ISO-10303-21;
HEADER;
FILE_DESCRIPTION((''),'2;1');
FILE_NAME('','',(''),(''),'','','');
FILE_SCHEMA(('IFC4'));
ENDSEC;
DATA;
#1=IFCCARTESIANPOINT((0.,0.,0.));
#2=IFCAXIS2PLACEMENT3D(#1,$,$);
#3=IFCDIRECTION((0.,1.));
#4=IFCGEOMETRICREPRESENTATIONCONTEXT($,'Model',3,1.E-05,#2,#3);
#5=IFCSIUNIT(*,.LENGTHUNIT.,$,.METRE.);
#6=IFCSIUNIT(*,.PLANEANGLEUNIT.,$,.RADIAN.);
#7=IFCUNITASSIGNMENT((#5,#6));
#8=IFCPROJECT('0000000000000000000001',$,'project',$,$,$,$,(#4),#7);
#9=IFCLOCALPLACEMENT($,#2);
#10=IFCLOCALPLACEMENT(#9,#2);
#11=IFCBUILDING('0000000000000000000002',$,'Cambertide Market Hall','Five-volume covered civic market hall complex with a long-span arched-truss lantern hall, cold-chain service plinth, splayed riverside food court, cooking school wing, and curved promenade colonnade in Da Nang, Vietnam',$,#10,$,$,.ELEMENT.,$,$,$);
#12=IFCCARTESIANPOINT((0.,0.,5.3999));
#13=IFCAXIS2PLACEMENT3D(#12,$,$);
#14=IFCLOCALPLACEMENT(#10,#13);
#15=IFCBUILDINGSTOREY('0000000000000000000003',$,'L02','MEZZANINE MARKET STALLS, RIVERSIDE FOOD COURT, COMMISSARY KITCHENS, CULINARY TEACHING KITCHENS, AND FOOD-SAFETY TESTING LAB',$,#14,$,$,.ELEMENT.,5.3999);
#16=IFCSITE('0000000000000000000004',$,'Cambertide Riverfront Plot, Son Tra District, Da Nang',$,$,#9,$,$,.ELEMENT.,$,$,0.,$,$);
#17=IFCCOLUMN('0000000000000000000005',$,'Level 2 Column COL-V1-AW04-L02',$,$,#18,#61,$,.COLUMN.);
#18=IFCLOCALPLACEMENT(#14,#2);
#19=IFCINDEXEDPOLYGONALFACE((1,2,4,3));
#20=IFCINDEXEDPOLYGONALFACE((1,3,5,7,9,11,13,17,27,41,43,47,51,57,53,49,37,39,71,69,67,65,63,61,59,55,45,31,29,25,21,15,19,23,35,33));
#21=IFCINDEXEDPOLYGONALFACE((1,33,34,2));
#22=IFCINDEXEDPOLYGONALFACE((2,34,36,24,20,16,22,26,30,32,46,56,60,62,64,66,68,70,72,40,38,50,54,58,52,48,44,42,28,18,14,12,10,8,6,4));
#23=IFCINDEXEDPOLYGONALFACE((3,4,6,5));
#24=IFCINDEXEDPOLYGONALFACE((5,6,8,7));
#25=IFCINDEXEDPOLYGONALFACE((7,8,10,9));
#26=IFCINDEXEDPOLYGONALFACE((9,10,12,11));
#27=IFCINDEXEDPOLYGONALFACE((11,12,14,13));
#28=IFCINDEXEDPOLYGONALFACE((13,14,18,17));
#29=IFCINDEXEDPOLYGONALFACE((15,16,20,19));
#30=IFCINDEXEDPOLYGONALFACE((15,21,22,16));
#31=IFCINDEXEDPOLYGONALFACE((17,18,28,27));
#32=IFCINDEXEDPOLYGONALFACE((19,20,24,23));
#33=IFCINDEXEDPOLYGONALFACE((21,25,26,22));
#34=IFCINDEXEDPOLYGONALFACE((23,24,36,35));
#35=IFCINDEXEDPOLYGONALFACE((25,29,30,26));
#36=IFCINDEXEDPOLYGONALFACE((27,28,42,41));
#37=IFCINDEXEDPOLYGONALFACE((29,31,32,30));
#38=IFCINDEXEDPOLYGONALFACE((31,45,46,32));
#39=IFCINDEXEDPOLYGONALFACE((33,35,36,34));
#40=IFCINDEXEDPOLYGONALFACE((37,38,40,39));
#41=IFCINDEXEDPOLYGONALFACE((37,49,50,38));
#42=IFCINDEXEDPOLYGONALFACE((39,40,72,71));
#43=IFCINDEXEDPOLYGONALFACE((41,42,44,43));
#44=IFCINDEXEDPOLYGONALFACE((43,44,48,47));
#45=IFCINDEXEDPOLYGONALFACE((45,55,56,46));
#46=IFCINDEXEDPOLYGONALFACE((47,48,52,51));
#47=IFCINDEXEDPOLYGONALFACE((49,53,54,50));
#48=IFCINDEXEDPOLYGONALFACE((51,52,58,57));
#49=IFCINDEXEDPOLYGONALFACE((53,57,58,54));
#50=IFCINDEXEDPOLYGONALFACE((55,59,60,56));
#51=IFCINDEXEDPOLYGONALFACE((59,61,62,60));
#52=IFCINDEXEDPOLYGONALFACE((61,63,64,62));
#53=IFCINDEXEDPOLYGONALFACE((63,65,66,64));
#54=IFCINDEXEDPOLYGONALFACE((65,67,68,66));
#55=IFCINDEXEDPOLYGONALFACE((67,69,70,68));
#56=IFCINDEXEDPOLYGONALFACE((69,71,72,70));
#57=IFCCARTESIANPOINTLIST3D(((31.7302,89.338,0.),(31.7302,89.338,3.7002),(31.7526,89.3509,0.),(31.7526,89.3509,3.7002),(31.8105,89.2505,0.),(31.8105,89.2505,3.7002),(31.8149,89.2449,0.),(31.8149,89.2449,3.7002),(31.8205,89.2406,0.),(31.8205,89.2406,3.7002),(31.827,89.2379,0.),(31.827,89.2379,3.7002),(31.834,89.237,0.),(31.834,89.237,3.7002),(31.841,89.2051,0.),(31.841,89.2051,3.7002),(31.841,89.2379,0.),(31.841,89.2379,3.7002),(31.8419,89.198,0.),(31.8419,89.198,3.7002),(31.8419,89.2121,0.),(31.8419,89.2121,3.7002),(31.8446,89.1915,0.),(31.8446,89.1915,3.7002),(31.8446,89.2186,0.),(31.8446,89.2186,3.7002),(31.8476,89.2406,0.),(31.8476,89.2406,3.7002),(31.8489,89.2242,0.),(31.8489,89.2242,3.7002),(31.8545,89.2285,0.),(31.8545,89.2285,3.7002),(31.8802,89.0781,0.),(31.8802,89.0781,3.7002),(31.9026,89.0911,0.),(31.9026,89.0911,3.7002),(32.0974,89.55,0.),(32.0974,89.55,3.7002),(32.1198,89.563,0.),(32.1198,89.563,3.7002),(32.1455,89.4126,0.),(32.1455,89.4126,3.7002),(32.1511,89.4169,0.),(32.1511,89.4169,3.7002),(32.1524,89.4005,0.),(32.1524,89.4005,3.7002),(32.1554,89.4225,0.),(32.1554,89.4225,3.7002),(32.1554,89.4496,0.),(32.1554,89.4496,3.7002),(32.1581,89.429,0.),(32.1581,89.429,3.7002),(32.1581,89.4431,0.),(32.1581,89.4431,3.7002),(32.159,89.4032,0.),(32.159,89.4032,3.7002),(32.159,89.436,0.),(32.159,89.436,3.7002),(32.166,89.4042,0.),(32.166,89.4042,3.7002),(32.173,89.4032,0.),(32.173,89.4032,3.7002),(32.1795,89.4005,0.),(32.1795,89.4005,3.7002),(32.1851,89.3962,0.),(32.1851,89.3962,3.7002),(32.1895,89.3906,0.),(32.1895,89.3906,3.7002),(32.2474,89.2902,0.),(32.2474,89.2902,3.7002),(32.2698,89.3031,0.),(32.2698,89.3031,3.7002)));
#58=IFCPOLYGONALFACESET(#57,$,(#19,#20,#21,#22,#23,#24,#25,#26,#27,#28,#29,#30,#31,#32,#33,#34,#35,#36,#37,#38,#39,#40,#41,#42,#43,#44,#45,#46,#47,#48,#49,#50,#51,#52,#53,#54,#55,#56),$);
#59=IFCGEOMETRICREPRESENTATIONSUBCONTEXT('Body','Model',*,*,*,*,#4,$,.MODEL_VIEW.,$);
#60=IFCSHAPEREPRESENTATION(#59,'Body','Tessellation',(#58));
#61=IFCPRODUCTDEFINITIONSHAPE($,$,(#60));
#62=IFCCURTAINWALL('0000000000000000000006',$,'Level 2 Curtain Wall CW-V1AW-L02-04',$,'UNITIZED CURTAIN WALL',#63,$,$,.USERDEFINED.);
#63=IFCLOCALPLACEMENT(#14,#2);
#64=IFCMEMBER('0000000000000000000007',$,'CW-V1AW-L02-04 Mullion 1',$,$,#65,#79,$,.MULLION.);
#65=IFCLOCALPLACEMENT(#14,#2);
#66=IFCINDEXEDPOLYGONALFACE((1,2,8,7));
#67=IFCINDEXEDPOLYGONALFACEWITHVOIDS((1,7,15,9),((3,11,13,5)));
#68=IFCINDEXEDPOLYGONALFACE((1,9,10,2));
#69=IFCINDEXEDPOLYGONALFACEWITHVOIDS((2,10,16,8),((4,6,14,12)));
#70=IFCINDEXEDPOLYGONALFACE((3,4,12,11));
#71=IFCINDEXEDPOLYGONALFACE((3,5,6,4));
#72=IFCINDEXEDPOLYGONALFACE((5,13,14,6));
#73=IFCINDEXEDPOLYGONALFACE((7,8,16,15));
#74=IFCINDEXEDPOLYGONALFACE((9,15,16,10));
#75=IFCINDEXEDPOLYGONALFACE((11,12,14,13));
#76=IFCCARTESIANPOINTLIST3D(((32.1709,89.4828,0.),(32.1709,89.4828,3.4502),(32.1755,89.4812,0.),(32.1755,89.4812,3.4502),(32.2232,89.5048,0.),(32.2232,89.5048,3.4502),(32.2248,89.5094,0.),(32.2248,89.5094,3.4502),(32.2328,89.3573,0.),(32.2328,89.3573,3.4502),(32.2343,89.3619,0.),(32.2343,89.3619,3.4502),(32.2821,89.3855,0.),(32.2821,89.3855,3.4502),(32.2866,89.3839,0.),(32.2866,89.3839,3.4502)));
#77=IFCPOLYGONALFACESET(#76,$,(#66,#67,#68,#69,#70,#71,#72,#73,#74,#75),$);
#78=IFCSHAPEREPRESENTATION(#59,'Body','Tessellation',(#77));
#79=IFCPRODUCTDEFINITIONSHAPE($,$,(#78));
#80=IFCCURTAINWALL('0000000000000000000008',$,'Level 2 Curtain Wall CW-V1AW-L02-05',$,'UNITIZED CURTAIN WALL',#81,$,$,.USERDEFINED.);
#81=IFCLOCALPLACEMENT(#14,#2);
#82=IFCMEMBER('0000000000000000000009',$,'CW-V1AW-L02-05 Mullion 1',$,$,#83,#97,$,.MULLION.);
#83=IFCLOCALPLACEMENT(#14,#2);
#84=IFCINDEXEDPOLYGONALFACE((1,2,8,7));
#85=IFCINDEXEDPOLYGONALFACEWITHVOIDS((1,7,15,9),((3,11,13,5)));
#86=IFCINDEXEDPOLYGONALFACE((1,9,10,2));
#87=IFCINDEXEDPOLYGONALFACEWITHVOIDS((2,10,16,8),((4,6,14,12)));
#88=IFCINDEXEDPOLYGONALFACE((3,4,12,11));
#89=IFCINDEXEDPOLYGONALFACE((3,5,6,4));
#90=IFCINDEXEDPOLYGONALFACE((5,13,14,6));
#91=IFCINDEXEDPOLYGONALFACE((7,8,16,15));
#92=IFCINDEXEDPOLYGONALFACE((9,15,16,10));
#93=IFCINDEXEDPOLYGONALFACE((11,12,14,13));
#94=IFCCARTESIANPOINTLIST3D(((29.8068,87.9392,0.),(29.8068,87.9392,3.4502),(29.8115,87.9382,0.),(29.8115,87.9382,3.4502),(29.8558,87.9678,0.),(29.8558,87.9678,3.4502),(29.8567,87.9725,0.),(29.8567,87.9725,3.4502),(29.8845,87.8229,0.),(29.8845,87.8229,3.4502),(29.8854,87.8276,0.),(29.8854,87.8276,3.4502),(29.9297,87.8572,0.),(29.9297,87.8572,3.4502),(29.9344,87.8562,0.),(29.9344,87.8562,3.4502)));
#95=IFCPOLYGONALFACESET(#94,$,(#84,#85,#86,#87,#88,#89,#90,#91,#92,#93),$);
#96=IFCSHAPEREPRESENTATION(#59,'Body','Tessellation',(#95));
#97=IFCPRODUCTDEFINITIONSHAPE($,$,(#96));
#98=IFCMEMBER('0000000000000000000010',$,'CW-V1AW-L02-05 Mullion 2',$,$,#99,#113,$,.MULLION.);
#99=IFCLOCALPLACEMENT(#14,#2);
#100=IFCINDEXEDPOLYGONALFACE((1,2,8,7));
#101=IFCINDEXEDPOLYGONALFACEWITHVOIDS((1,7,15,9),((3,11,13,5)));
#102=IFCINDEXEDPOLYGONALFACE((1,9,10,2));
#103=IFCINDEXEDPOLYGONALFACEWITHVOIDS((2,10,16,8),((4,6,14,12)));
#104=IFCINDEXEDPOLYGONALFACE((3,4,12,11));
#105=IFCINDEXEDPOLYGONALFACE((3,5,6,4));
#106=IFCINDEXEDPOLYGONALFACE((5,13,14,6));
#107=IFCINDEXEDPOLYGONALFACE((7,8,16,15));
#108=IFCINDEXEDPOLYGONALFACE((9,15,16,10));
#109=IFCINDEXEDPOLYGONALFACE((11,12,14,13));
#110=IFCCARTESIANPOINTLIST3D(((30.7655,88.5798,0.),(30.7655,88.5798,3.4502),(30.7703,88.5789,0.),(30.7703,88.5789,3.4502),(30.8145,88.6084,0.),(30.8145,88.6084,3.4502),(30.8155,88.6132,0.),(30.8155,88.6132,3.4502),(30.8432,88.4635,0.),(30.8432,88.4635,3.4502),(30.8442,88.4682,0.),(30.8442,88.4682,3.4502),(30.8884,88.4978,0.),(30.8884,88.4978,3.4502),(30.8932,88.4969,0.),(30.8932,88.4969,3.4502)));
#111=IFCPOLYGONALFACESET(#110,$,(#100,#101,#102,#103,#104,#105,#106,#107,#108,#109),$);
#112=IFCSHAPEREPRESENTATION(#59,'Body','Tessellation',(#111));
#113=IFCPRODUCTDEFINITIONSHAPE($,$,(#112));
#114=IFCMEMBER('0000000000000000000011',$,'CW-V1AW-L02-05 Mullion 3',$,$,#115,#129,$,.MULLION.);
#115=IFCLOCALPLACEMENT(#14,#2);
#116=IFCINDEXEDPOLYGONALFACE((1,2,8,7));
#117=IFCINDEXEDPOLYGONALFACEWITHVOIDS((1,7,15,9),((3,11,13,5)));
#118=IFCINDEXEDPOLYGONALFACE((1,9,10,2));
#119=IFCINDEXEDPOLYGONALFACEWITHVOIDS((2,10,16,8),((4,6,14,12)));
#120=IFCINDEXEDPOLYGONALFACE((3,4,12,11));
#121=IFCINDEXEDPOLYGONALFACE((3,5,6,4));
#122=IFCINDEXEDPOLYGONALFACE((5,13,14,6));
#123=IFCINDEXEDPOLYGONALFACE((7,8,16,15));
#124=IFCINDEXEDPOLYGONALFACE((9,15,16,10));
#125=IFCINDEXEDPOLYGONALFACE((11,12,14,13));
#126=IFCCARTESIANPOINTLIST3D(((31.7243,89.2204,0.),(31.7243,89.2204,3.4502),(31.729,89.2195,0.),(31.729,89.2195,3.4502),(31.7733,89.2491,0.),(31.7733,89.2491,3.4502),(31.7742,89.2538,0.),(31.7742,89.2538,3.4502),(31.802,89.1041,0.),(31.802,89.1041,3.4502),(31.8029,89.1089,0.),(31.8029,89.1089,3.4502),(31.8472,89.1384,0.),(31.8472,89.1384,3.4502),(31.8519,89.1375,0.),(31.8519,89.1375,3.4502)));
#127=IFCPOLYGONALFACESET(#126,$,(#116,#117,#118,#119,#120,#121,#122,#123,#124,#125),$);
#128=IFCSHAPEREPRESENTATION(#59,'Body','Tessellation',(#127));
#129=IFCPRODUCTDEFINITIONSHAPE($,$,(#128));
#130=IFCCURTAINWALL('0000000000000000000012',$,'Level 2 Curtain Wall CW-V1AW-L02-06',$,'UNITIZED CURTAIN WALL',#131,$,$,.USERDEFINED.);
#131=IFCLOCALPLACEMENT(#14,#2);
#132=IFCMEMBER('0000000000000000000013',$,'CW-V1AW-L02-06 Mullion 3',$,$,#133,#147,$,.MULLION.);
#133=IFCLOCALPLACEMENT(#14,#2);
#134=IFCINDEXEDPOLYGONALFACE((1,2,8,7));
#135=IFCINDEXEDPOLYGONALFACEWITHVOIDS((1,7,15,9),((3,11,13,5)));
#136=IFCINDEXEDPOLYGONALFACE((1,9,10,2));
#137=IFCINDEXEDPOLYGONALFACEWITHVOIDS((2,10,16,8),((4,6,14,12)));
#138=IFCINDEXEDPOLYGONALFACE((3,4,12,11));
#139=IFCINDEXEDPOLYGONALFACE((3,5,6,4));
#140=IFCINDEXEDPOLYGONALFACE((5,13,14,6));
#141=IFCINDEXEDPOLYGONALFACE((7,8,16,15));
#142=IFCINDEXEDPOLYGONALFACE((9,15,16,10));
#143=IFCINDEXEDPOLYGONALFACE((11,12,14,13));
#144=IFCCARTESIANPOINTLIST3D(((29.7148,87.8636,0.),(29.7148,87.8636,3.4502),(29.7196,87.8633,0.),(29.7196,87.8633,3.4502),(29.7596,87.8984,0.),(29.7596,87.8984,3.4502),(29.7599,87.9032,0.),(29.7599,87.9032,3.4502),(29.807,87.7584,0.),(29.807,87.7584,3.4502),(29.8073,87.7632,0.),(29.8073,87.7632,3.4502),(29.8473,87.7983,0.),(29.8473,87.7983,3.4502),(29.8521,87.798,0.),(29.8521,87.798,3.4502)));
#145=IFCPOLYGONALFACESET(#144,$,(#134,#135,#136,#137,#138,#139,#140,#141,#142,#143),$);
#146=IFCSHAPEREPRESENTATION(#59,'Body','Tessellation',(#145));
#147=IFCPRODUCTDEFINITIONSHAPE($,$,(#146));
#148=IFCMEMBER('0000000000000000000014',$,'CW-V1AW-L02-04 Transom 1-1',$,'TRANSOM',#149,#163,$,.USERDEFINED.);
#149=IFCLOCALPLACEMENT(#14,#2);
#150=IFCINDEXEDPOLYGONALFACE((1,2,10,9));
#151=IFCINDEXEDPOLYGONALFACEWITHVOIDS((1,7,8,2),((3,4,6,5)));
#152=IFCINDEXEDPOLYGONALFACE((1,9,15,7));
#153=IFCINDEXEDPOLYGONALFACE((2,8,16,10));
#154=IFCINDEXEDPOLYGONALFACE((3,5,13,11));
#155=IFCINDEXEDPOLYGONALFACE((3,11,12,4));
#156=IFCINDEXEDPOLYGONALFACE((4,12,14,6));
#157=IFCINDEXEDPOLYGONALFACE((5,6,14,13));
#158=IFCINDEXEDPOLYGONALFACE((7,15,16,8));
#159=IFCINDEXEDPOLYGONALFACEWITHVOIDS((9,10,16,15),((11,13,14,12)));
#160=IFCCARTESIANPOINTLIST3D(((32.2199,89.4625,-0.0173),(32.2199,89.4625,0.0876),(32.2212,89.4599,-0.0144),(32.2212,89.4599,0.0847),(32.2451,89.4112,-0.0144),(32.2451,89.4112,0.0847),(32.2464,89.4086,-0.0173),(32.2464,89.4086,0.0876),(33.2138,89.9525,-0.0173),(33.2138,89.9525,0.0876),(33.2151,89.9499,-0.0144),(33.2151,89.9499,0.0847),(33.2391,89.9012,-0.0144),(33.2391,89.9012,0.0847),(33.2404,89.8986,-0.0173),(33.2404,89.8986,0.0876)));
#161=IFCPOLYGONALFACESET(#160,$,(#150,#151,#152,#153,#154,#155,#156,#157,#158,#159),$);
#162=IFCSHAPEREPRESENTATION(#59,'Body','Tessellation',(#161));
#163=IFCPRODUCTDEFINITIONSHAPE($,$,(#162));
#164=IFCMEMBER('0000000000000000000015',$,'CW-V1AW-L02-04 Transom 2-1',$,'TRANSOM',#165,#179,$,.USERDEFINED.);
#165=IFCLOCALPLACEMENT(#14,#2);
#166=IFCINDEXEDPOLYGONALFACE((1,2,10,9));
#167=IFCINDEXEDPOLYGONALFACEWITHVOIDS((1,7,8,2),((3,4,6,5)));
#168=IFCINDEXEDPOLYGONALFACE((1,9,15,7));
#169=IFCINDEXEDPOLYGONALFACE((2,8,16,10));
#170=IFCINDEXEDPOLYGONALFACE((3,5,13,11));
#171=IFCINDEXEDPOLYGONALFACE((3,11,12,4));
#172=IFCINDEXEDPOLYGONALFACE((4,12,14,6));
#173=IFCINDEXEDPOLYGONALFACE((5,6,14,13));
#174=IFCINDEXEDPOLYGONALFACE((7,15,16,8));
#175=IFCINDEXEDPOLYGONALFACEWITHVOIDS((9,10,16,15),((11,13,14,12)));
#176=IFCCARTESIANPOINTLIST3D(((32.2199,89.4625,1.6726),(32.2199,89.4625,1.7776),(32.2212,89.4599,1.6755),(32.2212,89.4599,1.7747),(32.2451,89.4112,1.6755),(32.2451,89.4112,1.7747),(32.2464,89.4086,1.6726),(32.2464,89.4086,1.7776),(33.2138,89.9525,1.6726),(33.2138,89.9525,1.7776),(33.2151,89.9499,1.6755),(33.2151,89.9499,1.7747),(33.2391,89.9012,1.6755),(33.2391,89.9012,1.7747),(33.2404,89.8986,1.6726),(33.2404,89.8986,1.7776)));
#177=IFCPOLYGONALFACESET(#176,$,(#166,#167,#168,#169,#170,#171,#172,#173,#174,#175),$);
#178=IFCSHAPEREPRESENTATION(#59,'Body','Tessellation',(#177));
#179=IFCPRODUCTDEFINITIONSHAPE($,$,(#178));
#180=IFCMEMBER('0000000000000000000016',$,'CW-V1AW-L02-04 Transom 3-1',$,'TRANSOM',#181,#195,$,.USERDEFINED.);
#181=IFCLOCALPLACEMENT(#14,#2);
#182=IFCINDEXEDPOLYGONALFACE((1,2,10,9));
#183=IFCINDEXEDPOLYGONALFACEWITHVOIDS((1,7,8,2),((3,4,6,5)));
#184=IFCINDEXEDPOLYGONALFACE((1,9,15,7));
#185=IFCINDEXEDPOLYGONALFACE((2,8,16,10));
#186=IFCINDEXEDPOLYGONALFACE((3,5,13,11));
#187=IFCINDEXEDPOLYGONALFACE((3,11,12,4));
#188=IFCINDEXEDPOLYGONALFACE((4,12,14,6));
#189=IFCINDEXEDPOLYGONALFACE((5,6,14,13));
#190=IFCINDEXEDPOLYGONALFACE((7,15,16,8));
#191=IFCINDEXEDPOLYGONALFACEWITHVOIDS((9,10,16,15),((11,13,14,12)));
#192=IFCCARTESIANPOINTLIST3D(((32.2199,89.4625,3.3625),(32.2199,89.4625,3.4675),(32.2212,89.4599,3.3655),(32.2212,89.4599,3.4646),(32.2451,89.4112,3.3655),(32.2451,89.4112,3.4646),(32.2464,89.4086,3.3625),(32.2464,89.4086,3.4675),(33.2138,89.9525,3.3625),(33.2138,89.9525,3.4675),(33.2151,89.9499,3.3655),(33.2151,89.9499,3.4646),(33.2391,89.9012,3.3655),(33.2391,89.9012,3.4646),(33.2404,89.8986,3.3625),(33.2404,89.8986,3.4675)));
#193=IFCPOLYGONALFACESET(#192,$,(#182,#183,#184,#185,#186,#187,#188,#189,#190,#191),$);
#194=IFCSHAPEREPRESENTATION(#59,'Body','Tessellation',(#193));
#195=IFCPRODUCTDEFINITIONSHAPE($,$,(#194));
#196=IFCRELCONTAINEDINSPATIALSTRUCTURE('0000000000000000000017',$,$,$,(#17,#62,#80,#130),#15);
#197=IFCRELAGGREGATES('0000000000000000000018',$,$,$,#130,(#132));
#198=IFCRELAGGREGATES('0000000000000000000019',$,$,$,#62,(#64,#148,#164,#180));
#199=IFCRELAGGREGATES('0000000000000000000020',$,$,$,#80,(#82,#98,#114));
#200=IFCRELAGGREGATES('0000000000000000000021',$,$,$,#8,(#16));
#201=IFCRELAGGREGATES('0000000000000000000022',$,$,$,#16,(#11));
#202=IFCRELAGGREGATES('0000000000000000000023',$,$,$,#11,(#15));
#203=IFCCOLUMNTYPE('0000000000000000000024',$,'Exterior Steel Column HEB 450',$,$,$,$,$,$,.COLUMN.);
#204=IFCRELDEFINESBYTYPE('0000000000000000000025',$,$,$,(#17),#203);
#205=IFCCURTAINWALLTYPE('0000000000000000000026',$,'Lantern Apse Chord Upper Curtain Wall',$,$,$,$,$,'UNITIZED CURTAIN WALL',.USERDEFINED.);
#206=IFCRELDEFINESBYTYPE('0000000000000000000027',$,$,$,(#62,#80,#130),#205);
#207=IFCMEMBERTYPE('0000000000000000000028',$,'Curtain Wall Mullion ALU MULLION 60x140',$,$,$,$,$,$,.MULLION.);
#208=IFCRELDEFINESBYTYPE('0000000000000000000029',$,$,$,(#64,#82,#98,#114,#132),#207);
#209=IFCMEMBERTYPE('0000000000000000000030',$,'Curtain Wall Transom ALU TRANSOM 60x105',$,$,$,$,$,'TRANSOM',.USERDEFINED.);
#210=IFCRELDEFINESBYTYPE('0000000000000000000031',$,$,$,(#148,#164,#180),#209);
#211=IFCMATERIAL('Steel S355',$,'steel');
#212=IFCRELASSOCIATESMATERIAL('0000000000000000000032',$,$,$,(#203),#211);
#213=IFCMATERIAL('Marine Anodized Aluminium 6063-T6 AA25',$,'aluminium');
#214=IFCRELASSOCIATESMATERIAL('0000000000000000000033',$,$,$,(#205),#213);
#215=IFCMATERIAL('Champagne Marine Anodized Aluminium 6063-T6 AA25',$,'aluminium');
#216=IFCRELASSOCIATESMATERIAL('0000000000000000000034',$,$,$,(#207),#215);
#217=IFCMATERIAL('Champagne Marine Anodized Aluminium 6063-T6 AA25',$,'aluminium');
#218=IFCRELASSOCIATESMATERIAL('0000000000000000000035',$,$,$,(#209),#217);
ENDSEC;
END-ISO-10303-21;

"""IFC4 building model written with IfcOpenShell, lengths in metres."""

from ifc_helpers import new_model, si_unit, direction, frame, origin, origin_2d, place, context, subcontext, project, spatial, hollow_rectangle, i_section, extrude, material, material_profile, profile_set, type_object, element, aggregate, save


model = new_model("IFC4")

# Units and contexts
model_context = context("Model", 3, precision=1e-05, world=origin(), true_north=direction((0.0, 1.0)))
body_context = subcontext(model_context, "Body", "Model", "MODEL_VIEW")
ifc_project = project(units=[si_unit("LENGTHUNIT", "METRE"), si_unit("PLANEANGLEUNIT", "RADIAN")], contexts=[model_context])

# Site, building, storey
site_placement = place(None, origin())
site = spatial("IfcSite", under=ifc_project, at=site_placement, Name="Cambertide Riverfront Plot, Son Tra District, Da Nang", CompositionType="ELEMENT", RefElevation=0.0)
building_placement = place(site_placement, origin())
building = spatial("IfcBuilding", under=site, at=building_placement, Name="Cambertide Market Hall", Description="Five-volume covered civic market hall complex with a long-span arched-truss lantern hall, cold-chain service plinth, splayed riverside food court, cooking school wing, and curved promenade colonnade in Da Nang, Vietnam", CompositionType="ELEMENT")
storey_placement = place(building_placement, frame((0.0, 0.0, 5.3999)))
storey = spatial("IfcBuildingStorey", under=building, at=storey_placement, Name="L02", Description="MEZZANINE MARKET STALLS, RIVERSIDE FOOD COURT, COMMISSARY KITCHENS, CULINARY TEACHING KITCHENS, AND FOOD-SAFETY TESTING LAB", CompositionType="ELEMENT", Elevation=5.3999)

# Column
ifc_material_1 = material(Name="Steel S355", Category="steel")
ifc_material_profile_1 = material_profile(ifc_material_1, i_section(OverallWidth=0.3, OverallDepth=0.45, WebThickness=0.0139, FlangeThickness=0.0259, FilletRadius=0.0271, at=origin_2d()), Name="HEB 450")
ifc_profile_set_1 = profile_set([ifc_material_profile_1], Name="Steel S355")
column_type = type_object("IfcColumnType", Name="Exterior Steel Column HEB 450", PredefinedType="COLUMN", material=ifc_profile_set_1)
column_placement = place(storey_placement, frame((32.0, 89.3206, 0.0), z_axis=(0.0, 0.0, 1.0), x_axis=(-0.5, 0.866025, 0.0)))
element("IfcColumn", 1, at=column_placement, inside=storey, type_object=column_type, Name="Level 2 Column COL-V1-AW04-L02", PredefinedType="COLUMN", context=body_context, shape_type="SweptSolid", body=[
    extrude(i_section(OverallWidth=0.3, OverallDepth=0.45, WebThickness=0.0139, FlangeThickness=0.0259, FilletRadius=0.0271, at=origin_2d()), origin(), (0.0, 0.0, 1.0), 3.7002),
])

# Curtain wall, member
ifc_material_2 = material(Name="Marine Anodized Aluminium 6063-T6 AA25", Category="aluminium")
curtain_wall_type = type_object("IfcCurtainWallType", Name="Lantern Apse Chord Upper Curtain Wall", ElementType="UNITIZED CURTAIN WALL", PredefinedType="USERDEFINED", material=ifc_material_2)
curtain_wall_1_placement = place(storey_placement, origin())
curtain_wall_1 = element("IfcCurtainWall", 2, at=curtain_wall_1_placement, inside=storey, type_object=curtain_wall_type, Name="Level 2 Curtain Wall CW-V1AW-L02-04", ObjectType="UNITIZED CURTAIN WALL", PredefinedType="USERDEFINED")
ifc_material_3 = material(Name="Champagne Marine Anodized Aluminium 6063-T6 AA25", Category="aluminium")
ifc_material_profile_2 = material_profile(ifc_material_3, hollow_rectangle(XDim=0.0601, YDim=0.1399, WallThickness=0.0034, at=origin_2d()), Name="ALU MULLION 60x140")
ifc_profile_set_2 = profile_set([ifc_material_profile_2], Name="Champagne Marine Anodized Aluminium 6063-T6 AA25")
member_type_1 = type_object("IfcMemberType", Name="Curtain Wall Mullion ALU MULLION 60x140", PredefinedType="MULLION", material=ifc_profile_set_2)
member_1_placement = place(storey_placement, frame((32.2288, 89.4333, 0.0), z_axis=(0.0, 0.0, 1.0), x_axis=(0.896873, 0.442289, 0.0)))
member_1 = element("IfcMember", 3, at=member_1_placement, type_object=member_type_1, Name="CW-V1AW-L02-04 Mullion 1", PredefinedType="MULLION", context=body_context, shape_type="SweptSolid", body=[
    extrude(hollow_rectangle(XDim=0.0601, YDim=0.1399, WallThickness=0.0034, at=origin_2d()), origin(), (0.0, 0.0, 1.0), 3.4502),
])

# Curtain wall, members
curtain_wall_2_placement = place(storey_placement, origin())
curtain_wall_2 = element("IfcCurtainWall", 4, at=curtain_wall_2_placement, inside=storey, type_object=curtain_wall_type, Name="Level 2 Curtain Wall CW-V1AW-L02-05", ObjectType="UNITIZED CURTAIN WALL", PredefinedType="USERDEFINED")
member_2_placement = place(storey_placement, frame((29.8706, 87.8977, 0.0), z_axis=(0.0, 0.0, 1.0), x_axis=(0.83147, 0.55557, 0.0)))
member_2 = element("IfcMember", 5, at=member_2_placement, type_object=member_type_1, Name="CW-V1AW-L02-05 Mullion 1", PredefinedType="MULLION", context=body_context, shape_type="SweptSolid", body=[
    extrude(hollow_rectangle(XDim=0.0601, YDim=0.1399, WallThickness=0.0034, at=origin_2d()), origin(), (0.0, 0.0, 1.0), 3.4502),
])
member_3_placement = place(storey_placement, frame((30.8293, 88.5383, 0.0), z_axis=(0.0, 0.0, 1.0), x_axis=(0.83147, 0.55557, 0.0)))
member_3 = element("IfcMember", 6, at=member_3_placement, type_object=member_type_1, Name="CW-V1AW-L02-05 Mullion 2", PredefinedType="MULLION", context=body_context, shape_type="SweptSolid", body=[
    extrude(hollow_rectangle(XDim=0.0601, YDim=0.1399, WallThickness=0.0034, at=origin_2d()), origin(), (0.0, 0.0, 1.0), 3.4502),
])
member_4_placement = place(storey_placement, frame((31.7881, 89.179, 0.0), z_axis=(0.0, 0.0, 1.0), x_axis=(0.83147, 0.55557, 0.0)))
member_4 = element("IfcMember", 7, at=member_4_placement, type_object=member_type_1, Name="CW-V1AW-L02-05 Mullion 3", PredefinedType="MULLION", context=body_context, shape_type="SweptSolid", body=[
    extrude(hollow_rectangle(XDim=0.0601, YDim=0.1399, WallThickness=0.0034, at=origin_2d()), origin(), (0.0, 0.0, 1.0), 3.4502),
])

# Curtain wall, member
curtain_wall_3_placement = place(storey_placement, origin())
curtain_wall_3 = element("IfcCurtainWall", 8, at=curtain_wall_3_placement, inside=storey, type_object=curtain_wall_type, Name="Level 2 Curtain Wall CW-V1AW-L02-06", ObjectType="UNITIZED CURTAIN WALL", PredefinedType="USERDEFINED")
member_5_placement = place(storey_placement, frame((29.7834, 87.8308, 0.0), z_axis=(0.0, 0.0, 1.0), x_axis=(0.75184, 0.659346, 0.0)))
member_5 = element("IfcMember", 9, at=member_5_placement, type_object=member_type_1, Name="CW-V1AW-L02-06 Mullion 3", PredefinedType="MULLION", context=body_context, shape_type="SweptSolid", body=[
    extrude(hollow_rectangle(XDim=0.0601, YDim=0.1399, WallThickness=0.0034, at=origin_2d()), origin(), (0.0, 0.0, 1.0), 3.4502),
])
aggregate(curtain_wall_3, [member_5])

# Members
ifc_material_4 = material(Name="Champagne Marine Anodized Aluminium 6063-T6 AA25", Category="aluminium")
ifc_material_profile_3 = material_profile(ifc_material_4, hollow_rectangle(XDim=0.0601, YDim=0.105, WallThickness=0.0029, at=origin_2d()), Name="ALU TRANSOM 60x105")
ifc_profile_set_3 = profile_set([ifc_material_profile_3], Name="Champagne Marine Anodized Aluminium 6063-T6 AA25")
member_type_2 = type_object("IfcMemberType", Name="Curtain Wall Transom ALU TRANSOM 60x105", ElementType="TRANSOM", PredefinedType="USERDEFINED", material=ifc_profile_set_3)
member_6_placement = place(storey_placement, frame((32.2332, 89.4355, 0.0352), z_axis=(0.896925, 0.442183, 0.0), x_axis=(-0.442183, 0.896925, 0.0)))
member_6 = element("IfcMember", 10, at=member_6_placement, type_object=member_type_2, Name="CW-V1AW-L02-04 Transom 1-1", ObjectType="TRANSOM", PredefinedType="USERDEFINED", context=body_context, shape_type="SweptSolid", body=[
    extrude(hollow_rectangle(XDim=0.0601, YDim=0.105, WallThickness=0.0029, at=origin_2d()), origin(), (0.0, 0.0, 1.0), 1.1082),
])
member_7_placement = place(storey_placement, frame((32.2332, 89.4355, 1.7251), z_axis=(0.896925, 0.442183, 0.0), x_axis=(-0.442183, 0.896925, 0.0)))
member_7 = element("IfcMember", 11, at=member_7_placement, type_object=member_type_2, Name="CW-V1AW-L02-04 Transom 2-1", ObjectType="TRANSOM", PredefinedType="USERDEFINED", context=body_context, shape_type="SweptSolid", body=[
    extrude(hollow_rectangle(XDim=0.0601, YDim=0.105, WallThickness=0.0029, at=origin_2d()), origin(), (0.0, 0.0, 1.0), 1.1082),
])
member_8_placement = place(storey_placement, frame((32.2332, 89.4355, 3.415), z_axis=(0.896925, 0.442183, 0.0), x_axis=(-0.442183, 0.896925, 0.0)))
member_8 = element("IfcMember", 12, at=member_8_placement, type_object=member_type_2, Name="CW-V1AW-L02-04 Transom 3-1", ObjectType="TRANSOM", PredefinedType="USERDEFINED", context=body_context, shape_type="SweptSolid", body=[
    extrude(hollow_rectangle(XDim=0.0601, YDim=0.105, WallThickness=0.0029, at=origin_2d()), origin(), (0.0, 0.0, 1.0), 1.1082),
])

aggregate(curtain_wall_1, [member_1, member_6, member_7, member_8])
aggregate(curtain_wall_2, [member_2, member_3, member_4])

save(model, "model.ifc")
